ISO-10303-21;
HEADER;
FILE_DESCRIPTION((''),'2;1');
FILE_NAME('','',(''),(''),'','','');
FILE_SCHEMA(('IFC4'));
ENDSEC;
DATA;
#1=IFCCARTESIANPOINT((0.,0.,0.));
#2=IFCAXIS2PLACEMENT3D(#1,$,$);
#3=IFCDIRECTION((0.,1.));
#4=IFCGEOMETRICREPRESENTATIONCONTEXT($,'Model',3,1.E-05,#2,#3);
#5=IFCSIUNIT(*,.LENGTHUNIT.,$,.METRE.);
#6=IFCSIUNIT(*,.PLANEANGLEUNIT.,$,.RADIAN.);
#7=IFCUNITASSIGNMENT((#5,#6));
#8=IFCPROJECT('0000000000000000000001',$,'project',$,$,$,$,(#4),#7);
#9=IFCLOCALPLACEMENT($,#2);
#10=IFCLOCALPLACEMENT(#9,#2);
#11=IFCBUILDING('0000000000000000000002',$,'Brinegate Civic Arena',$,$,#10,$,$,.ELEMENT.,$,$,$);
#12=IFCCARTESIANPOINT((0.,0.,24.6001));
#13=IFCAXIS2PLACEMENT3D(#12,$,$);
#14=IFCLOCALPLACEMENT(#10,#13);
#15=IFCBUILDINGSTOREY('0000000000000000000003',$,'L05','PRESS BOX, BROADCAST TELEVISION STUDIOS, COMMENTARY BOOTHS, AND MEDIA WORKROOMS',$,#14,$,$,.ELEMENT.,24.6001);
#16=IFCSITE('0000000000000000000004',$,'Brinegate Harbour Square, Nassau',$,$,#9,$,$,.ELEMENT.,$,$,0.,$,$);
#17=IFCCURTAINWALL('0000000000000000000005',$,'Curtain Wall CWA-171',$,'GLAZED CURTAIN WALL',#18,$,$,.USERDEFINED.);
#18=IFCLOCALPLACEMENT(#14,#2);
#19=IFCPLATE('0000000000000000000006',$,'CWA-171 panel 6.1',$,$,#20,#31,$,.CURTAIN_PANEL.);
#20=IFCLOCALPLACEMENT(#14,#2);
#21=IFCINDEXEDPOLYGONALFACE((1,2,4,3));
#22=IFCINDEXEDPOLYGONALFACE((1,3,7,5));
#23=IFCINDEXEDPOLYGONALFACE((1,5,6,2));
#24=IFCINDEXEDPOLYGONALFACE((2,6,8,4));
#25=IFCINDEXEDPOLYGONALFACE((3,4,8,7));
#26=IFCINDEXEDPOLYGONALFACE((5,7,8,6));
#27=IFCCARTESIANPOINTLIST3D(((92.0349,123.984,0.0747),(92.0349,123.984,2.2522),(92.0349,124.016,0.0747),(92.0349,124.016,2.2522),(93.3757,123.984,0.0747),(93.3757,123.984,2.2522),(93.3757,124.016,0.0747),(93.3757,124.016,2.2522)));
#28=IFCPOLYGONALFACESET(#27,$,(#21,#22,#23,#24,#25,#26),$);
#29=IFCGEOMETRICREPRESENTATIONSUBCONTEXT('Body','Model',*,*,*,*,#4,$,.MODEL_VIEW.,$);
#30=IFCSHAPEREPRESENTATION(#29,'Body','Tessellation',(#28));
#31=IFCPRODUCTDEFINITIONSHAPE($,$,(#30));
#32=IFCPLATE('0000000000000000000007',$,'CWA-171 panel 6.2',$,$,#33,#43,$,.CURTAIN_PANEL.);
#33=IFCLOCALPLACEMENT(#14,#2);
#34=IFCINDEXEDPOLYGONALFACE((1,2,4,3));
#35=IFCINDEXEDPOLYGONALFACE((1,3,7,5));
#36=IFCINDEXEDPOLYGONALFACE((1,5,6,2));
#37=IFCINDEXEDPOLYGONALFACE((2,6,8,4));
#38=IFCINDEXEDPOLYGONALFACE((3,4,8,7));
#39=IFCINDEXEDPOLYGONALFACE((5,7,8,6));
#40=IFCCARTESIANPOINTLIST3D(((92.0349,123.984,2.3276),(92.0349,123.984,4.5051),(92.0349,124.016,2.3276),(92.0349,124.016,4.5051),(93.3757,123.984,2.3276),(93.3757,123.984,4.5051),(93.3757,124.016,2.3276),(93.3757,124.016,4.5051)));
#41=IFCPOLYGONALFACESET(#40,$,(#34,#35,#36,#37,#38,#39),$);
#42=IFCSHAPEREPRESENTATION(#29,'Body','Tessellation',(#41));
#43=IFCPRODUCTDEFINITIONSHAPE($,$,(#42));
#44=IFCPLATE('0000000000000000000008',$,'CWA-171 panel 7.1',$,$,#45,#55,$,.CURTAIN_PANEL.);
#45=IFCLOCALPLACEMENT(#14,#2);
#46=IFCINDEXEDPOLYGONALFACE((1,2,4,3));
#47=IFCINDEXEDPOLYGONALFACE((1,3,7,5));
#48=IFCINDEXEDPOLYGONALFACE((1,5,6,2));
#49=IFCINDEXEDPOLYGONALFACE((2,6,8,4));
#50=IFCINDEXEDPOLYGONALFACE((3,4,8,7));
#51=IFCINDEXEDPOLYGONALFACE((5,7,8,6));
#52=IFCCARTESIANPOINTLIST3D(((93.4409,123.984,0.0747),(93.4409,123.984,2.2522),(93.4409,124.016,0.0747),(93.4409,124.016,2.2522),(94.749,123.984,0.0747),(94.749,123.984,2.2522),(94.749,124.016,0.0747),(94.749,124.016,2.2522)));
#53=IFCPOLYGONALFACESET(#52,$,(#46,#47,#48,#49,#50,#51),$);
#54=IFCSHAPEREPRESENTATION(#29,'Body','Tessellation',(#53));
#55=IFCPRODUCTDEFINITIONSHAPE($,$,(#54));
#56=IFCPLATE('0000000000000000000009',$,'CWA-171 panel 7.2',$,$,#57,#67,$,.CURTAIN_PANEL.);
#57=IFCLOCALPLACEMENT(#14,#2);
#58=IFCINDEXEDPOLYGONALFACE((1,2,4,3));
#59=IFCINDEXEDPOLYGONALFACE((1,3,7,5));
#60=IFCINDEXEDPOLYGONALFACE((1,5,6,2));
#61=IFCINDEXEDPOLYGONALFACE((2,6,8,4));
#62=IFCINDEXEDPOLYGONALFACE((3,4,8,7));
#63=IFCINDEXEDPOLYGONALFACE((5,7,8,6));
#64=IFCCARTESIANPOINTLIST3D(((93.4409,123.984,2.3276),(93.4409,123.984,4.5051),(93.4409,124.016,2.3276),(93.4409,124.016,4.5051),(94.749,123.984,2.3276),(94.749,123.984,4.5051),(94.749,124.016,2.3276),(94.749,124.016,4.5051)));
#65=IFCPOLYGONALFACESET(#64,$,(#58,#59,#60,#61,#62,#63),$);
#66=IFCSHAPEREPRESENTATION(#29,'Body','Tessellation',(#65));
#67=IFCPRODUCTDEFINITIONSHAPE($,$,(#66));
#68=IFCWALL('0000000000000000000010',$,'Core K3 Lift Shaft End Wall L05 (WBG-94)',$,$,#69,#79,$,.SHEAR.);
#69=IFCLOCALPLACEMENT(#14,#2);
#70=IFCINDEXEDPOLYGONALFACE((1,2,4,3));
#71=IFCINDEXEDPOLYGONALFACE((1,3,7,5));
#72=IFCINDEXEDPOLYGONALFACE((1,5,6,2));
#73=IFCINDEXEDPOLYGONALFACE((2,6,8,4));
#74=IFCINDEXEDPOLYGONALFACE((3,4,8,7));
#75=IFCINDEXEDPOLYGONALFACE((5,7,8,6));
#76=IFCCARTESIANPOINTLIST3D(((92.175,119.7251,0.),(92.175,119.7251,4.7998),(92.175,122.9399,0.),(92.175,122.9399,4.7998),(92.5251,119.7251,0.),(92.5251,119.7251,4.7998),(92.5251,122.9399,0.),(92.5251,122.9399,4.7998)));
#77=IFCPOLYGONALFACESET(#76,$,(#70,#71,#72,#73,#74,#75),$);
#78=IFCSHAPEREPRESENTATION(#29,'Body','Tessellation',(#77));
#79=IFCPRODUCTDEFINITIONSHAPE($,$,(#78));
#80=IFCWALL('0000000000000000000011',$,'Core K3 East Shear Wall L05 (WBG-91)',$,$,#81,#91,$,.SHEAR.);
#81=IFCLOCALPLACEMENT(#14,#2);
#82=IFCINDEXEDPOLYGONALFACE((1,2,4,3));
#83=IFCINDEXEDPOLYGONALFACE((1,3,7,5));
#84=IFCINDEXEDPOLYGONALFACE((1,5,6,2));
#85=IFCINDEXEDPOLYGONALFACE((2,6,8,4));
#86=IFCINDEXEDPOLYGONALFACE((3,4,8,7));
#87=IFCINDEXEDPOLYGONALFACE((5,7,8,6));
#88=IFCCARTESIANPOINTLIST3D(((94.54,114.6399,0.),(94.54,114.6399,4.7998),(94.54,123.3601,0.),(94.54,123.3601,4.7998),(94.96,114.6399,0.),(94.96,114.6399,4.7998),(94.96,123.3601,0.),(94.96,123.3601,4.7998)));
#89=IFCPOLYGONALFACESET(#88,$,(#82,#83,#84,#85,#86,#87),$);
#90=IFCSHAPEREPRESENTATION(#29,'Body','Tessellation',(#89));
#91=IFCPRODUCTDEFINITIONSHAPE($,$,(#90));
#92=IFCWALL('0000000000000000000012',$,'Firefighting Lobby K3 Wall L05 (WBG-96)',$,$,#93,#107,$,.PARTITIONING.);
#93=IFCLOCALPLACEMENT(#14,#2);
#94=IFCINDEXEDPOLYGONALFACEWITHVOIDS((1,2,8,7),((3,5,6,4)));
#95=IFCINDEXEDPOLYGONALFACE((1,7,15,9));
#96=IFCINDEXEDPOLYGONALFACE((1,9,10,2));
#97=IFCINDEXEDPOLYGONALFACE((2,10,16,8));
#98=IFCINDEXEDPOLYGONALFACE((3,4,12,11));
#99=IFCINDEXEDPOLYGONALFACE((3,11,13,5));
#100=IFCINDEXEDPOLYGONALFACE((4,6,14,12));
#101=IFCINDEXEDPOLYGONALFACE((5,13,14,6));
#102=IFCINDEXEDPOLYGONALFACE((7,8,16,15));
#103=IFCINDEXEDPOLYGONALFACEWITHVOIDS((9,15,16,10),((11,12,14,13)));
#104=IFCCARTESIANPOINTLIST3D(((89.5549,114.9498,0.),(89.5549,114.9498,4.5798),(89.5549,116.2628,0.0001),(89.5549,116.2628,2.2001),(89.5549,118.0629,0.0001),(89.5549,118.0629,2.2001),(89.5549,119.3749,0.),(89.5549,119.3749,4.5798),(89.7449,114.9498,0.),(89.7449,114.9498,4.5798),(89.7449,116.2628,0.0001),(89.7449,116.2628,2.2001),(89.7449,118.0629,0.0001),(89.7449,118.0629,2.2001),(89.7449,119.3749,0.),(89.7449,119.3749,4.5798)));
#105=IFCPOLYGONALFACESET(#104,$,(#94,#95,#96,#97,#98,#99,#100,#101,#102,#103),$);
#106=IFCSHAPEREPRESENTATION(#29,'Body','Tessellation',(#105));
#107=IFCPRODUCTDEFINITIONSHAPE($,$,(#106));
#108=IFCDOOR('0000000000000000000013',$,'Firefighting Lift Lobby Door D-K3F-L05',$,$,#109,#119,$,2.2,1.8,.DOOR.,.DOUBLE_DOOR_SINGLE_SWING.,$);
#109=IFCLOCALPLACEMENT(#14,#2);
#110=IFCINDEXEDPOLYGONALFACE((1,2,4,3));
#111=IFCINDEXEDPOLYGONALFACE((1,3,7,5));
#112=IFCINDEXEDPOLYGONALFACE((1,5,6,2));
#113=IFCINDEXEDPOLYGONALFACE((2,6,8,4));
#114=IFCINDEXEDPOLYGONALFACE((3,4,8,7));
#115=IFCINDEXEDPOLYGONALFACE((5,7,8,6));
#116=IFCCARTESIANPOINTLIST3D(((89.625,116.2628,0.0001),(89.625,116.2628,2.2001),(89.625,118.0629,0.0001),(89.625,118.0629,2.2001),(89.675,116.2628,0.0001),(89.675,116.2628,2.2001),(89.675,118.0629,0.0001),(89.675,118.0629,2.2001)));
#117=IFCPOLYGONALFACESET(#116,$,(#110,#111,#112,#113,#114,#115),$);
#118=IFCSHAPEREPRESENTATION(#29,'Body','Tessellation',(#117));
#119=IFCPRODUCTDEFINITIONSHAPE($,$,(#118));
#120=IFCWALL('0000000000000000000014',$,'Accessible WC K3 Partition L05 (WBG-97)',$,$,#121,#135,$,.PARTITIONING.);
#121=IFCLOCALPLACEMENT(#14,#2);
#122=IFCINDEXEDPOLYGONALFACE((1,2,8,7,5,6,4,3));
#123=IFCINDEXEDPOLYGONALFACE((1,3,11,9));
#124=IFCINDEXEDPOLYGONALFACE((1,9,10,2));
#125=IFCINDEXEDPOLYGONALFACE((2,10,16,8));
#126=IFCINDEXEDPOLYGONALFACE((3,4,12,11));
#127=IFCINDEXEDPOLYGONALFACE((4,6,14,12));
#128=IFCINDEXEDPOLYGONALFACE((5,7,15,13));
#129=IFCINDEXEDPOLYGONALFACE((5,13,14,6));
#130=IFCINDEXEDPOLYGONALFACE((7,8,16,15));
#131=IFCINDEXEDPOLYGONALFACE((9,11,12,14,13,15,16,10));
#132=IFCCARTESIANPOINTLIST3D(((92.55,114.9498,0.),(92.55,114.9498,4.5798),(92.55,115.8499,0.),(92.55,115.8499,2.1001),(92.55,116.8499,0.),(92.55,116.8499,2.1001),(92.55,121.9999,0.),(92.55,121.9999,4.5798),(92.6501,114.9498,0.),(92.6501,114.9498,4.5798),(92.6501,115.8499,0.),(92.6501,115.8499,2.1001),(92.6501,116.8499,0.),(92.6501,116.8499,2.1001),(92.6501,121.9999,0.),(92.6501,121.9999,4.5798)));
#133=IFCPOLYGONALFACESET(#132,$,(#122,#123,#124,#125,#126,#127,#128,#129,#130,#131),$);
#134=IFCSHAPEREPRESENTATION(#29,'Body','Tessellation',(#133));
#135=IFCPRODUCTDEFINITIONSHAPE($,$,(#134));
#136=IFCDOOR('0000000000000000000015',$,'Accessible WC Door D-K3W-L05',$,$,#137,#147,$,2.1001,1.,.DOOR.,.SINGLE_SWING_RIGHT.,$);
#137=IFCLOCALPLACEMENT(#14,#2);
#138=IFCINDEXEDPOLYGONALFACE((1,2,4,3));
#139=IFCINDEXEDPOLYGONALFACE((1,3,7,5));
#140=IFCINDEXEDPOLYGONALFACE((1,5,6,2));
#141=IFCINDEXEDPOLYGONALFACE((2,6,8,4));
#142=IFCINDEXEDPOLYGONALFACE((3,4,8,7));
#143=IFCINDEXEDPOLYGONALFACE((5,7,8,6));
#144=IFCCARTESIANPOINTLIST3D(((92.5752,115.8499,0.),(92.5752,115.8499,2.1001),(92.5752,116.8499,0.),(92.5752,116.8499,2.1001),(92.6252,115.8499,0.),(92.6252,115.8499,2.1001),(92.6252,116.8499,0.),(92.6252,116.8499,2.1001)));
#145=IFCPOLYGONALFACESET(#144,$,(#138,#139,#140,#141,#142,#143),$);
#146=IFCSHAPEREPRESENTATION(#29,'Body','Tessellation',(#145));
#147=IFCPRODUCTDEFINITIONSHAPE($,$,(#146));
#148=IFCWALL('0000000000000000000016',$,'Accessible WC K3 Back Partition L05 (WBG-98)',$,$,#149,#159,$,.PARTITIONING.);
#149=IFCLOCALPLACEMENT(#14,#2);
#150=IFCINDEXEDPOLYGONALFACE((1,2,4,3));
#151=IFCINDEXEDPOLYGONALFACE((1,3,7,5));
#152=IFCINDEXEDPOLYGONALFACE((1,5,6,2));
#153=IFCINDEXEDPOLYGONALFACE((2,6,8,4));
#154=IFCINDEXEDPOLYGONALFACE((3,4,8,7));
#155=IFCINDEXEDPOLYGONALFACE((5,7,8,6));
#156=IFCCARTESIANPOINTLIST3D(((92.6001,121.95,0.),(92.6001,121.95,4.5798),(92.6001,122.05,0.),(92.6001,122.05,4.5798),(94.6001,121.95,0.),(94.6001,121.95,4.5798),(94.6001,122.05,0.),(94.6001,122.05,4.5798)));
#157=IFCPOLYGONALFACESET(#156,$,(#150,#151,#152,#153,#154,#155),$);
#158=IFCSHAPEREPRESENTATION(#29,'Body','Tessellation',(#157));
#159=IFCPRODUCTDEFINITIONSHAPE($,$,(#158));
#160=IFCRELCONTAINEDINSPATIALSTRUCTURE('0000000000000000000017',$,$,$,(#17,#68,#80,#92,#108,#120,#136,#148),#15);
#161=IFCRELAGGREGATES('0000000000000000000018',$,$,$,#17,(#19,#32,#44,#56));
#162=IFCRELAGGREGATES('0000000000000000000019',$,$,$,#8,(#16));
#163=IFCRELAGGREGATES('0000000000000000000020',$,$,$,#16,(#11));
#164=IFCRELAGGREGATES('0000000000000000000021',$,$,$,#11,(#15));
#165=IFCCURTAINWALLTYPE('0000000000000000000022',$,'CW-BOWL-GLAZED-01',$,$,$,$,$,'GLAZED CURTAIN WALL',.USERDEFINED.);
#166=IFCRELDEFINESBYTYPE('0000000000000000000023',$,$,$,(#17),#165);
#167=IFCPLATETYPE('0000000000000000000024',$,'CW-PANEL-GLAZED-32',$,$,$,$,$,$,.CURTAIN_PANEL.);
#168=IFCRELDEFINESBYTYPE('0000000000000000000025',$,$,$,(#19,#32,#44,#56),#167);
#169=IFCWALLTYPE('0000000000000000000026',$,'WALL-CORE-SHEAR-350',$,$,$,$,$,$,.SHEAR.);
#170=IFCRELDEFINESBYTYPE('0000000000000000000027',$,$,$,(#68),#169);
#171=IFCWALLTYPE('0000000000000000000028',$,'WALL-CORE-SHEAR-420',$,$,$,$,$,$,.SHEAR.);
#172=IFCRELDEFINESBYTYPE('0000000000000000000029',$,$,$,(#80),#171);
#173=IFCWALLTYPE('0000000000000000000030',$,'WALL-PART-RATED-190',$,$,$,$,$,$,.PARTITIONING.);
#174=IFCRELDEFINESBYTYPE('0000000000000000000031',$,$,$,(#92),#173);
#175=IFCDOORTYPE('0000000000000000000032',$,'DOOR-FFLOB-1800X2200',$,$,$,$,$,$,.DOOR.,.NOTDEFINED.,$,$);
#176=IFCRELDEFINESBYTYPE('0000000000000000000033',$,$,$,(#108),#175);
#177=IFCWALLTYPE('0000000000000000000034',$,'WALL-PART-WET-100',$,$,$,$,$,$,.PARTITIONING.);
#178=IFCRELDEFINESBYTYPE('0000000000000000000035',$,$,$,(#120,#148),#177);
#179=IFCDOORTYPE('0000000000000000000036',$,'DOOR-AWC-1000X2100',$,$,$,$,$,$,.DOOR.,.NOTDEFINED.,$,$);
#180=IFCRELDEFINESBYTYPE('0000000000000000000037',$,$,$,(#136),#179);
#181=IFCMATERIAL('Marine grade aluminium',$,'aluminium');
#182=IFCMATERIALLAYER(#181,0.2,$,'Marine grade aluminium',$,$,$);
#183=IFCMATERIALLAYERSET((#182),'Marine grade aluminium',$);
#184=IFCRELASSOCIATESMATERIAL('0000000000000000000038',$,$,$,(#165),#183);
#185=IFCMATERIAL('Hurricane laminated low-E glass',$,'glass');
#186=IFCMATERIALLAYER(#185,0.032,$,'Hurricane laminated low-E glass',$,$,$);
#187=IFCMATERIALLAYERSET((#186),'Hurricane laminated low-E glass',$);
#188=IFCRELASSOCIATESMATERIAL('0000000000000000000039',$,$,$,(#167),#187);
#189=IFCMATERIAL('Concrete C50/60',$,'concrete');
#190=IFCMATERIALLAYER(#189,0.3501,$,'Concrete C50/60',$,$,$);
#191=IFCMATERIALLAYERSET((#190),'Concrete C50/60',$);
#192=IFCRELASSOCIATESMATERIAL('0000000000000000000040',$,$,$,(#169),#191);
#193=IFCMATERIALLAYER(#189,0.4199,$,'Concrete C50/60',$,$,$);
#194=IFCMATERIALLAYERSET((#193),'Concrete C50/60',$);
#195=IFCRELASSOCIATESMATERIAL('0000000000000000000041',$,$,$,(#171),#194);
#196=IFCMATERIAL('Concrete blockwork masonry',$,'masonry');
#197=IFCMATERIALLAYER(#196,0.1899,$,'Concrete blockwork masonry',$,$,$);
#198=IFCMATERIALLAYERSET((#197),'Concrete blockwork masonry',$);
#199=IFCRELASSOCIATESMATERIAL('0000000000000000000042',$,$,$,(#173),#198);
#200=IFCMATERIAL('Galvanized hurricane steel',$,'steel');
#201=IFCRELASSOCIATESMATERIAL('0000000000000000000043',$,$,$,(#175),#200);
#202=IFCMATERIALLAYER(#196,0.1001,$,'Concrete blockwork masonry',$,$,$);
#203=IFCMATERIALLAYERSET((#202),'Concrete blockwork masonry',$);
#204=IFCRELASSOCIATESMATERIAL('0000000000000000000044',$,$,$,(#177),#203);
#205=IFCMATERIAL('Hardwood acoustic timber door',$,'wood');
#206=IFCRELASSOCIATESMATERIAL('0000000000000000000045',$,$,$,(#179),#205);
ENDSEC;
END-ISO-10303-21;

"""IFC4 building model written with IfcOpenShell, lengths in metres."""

from ifc_helpers import new_model, si_unit, direction, frame, frame_2d, origin, origin_2d, place, context, subcontext, project, spatial, rectangle, extrude, material, layer, layer_set, type_object, element, fill, aggregate, save


model = new_model("IFC4")

# Units and contexts
model_context = context("Model", 3, precision=1e-05, world=origin(), true_north=direction((0.0, 1.0)))
body_context = subcontext(model_context, "Body", "Model", "MODEL_VIEW")
ifc_project = project(units=[si_unit("LENGTHUNIT", "METRE"), si_unit("PLANEANGLEUNIT", "RADIAN")], contexts=[model_context])

# Site, building, storey
site_placement = place(None, origin())
site = spatial("IfcSite", under=ifc_project, at=site_placement, Name="Brinegate Harbour Square, Nassau", CompositionType="ELEMENT", RefElevation=0.0)
building_placement = place(site_placement, origin())
building = spatial("IfcBuilding", under=site, at=building_placement, Name="Brinegate Civic Arena", CompositionType="ELEMENT")
storey_placement = place(building_placement, frame((0.0, 0.0, 24.6001)))
storey = spatial("IfcBuildingStorey", under=building, at=storey_placement, Name="L05", Description="PRESS BOX, BROADCAST TELEVISION STUDIOS, COMMENTARY BOOTHS, AND MEDIA WORKROOMS", CompositionType="ELEMENT", Elevation=24.6001)

# Shared definitions
ifc_material_1 = material(Name="Concrete C50/60", Category="concrete")

# Curtain wall, plates
ifc_material_2 = material(Name="Marine grade aluminium", Category="aluminium")
ifc_layer_1 = layer(ifc_material_2, 0.2, Name="Marine grade aluminium")
ifc_layer_set_1 = layer_set([ifc_layer_1], Name="Marine grade aluminium")
curtain_wall_type = type_object("IfcCurtainWallType", Name="CW-BOWL-GLAZED-01", ElementType="GLAZED CURTAIN WALL", PredefinedType="USERDEFINED", material=ifc_layer_set_1)
curtain_wall_placement = place(storey_placement, origin())
curtain_wall = element("IfcCurtainWall", 1, at=curtain_wall_placement, inside=storey, type_object=curtain_wall_type, Name="Curtain Wall CWA-171", ObjectType="GLAZED CURTAIN WALL", PredefinedType="USERDEFINED")
ifc_material_3 = material(Name="Hurricane laminated low-E glass", Category="glass")
ifc_layer_2 = layer(ifc_material_3, 0.032, Name="Hurricane laminated low-E glass")
ifc_layer_set_2 = layer_set([ifc_layer_2], Name="Hurricane laminated low-E glass")
plate_type = type_object("IfcPlateType", Name="CW-PANEL-GLAZED-32", PredefinedType="CURTAIN_PANEL", material=ifc_layer_set_2)
plate_1_placement = place(storey_placement, frame((92.7053, 124.0, 0.0747), z_axis=(0.0, 0.0, 1.0), x_axis=(1.0, 0.0, 0.0)))
plate_1 = element("IfcPlate", 2, at=plate_1_placement, type_object=plate_type, Name="CWA-171 panel 6.1", PredefinedType="CURTAIN_PANEL", context=body_context, shape_type="SweptSolid", body=[
    extrude(rectangle(XDim=1.3408, YDim=0.032, at=origin_2d()), origin(), (0.0, 0.0, 1.0), 2.1775),
])
plate_2_placement = place(storey_placement, frame((92.7053, 124.0, 2.3276), z_axis=(0.0, 0.0, 1.0), x_axis=(1.0, 0.0, 0.0)))
plate_2 = element("IfcPlate", 3, at=plate_2_placement, type_object=plate_type, Name="CWA-171 panel 6.2", PredefinedType="CURTAIN_PANEL", context=body_context, shape_type="SweptSolid", body=[
    extrude(rectangle(XDim=1.3408, YDim=0.032, at=origin_2d()), origin(), (0.0, 0.0, 1.0), 2.1775),
])
plate_3_placement = place(storey_placement, frame((94.095, 124.0, 0.0747), z_axis=(0.0, 0.0, 1.0), x_axis=(1.0, 0.0, 0.0)))
plate_3 = element("IfcPlate", 4, at=plate_3_placement, type_object=plate_type, Name="CWA-171 panel 7.1", PredefinedType="CURTAIN_PANEL", context=body_context, shape_type="SweptSolid", body=[
    extrude(rectangle(XDim=1.3081, YDim=0.032, at=origin_2d()), origin(), (0.0, 0.0, 1.0), 2.1775),
])
plate_4_placement = place(storey_placement, frame((94.095, 124.0, 2.3276), z_axis=(0.0, 0.0, 1.0), x_axis=(1.0, 0.0, 0.0)))
plate_4 = element("IfcPlate", 5, at=plate_4_placement, type_object=plate_type, Name="CWA-171 panel 7.2", PredefinedType="CURTAIN_PANEL", context=body_context, shape_type="SweptSolid", body=[
    extrude(rectangle(XDim=1.3081, YDim=0.032, at=origin_2d()), origin(), (0.0, 0.0, 1.0), 2.1775),
])
aggregate(curtain_wall, [plate_1, plate_2, plate_3, plate_4])

# Walls
ifc_layer_3 = layer(ifc_material_1, 0.3501, Name="Concrete C50/60")
ifc_layer_set_3 = layer_set([ifc_layer_3], Name="Concrete C50/60")
wall_type_1 = type_object("IfcWallType", Name="WALL-CORE-SHEAR-350", PredefinedType="SHEAR", material=ifc_layer_set_3)
wall_1_placement = place(storey_placement, frame((92.3501, 119.7251, 0.0), z_axis=(0.0, 0.0, 1.0), x_axis=(0.0, 1.0, 0.0)))
element("IfcWall", 6, at=wall_1_placement, inside=storey, type_object=wall_type_1, Name="Core K3 Lift Shaft End Wall L05 (WBG-94)", PredefinedType="SHEAR", context=body_context, shape_type="SweptSolid", body=[
    extrude(rectangle(XDim=3.2148, YDim=0.3501, at=frame_2d((1.6074, 0.0))), origin(), (0.0, 0.0, 1.0), 4.7998),
])
ifc_layer_4 = layer(ifc_material_1, 0.4199, Name="Concrete C50/60")
ifc_layer_set_4 = layer_set([ifc_layer_4], Name="Concrete C50/60")
wall_type_2 = type_object("IfcWallType", Name="WALL-CORE-SHEAR-420", PredefinedType="SHEAR", material=ifc_layer_set_4)
wall_2_placement = place(storey_placement, frame((94.75, 114.6399, 0.0), z_axis=(0.0, 0.0, 1.0), x_axis=(0.0, 1.0, 0.0)))
element("IfcWall", 7, at=wall_2_placement, inside=storey, type_object=wall_type_2, Name="Core K3 East Shear Wall L05 (WBG-91)", PredefinedType="SHEAR", context=body_context, shape_type="SweptSolid", body=[
    extrude(rectangle(XDim=8.7202, YDim=0.4199, at=frame_2d((4.3601, 0.0))), origin(), (0.0, 0.0, 1.0), 4.7998),
])

# Walls, openings, doors
ifc_material_4 = material(Name="Concrete blockwork masonry", Category="masonry")
ifc_layer_5 = layer(ifc_material_4, 0.1899, Name="Concrete blockwork masonry")
ifc_layer_set_5 = layer_set([ifc_layer_5], Name="Concrete blockwork masonry")
wall_type_3 = type_object("IfcWallType", Name="WALL-PART-RATED-190", PredefinedType="PARTITIONING", material=ifc_layer_set_5)
wall_3_placement = place(storey_placement, frame((89.6499, 114.95, 0.0), z_axis=(0.0, 0.0, 1.0), x_axis=(0.0, 1.0, 0.0)))
wall_3 = element("IfcWall", 8, at=wall_3_placement, inside=storey, type_object=wall_type_3, Name="Firefighting Lobby K3 Wall L05 (WBG-96)", PredefinedType="PARTITIONING", context=body_context, shape_type="SweptSolid", body=[
    extrude(rectangle(XDim=4.425, YDim=0.1899, at=frame_2d((2.2124, 0.0))), origin(), (0.0, 0.0, 1.0), 4.5798),
])
opening_1_placement = place(wall_3_placement, frame((1.313, 0.0, 0.0)))
opening_1 = element("IfcOpeningElement", 9, at=opening_1_placement, cuts=wall_3, PredefinedType="OPENING", context=body_context, shape_type="SweptSolid", body=[
    extrude(rectangle(XDim=1.8, YDim=2.2, at=frame_2d((0.8999, 1.1001))), frame((0.0, 0.105, 0.0), z_axis=(0.0, -1.0, 0.0), x_axis=(1.0, 0.0, 0.0)), (0.0, 0.0, 1.0), 0.21),
])
ifc_material_5 = material(Name="Galvanized hurricane steel", Category="steel")
door_type_1 = type_object("IfcDoorType", Name="DOOR-FFLOB-1800X2200", OperationType="NOTDEFINED", PredefinedType="DOOR", material=ifc_material_5)
door_1_placement = place(opening_1_placement, origin())
door_1 = element("IfcDoor", 10, at=door_1_placement, inside=storey, type_object=door_type_1, Name="Firefighting Lift Lobby Door D-K3F-L05", OperationType="DOUBLE_DOOR_SINGLE_SWING", OverallHeight=2.2, OverallWidth=1.8, PredefinedType="DOOR", context=body_context, shape_type="SweptSolid", body=[
    extrude(rectangle(XDim=1.8, YDim=2.2, at=frame_2d((0.8999, 1.1001))), frame((0.0, 0.0249, 0.0), z_axis=(0.0, -1.0, 0.0), x_axis=(1.0, 0.0, 0.0)), (0.0, 0.0, 1.0), 0.05),
])
fill(opening_1, door_1)
ifc_layer_6 = layer(ifc_material_4, 0.1001, Name="Concrete blockwork masonry")
ifc_layer_set_6 = layer_set([ifc_layer_6], Name="Concrete blockwork masonry")
wall_type_4 = type_object("IfcWallType", Name="WALL-PART-WET-100", PredefinedType="PARTITIONING", material=ifc_layer_set_6)
wall_4_placement = place(storey_placement, frame((92.6001, 114.95, 0.0), z_axis=(0.0, 0.0, 1.0), x_axis=(0.0, 1.0, 0.0)))
wall_4 = element("IfcWall", 11, at=wall_4_placement, inside=storey, type_object=wall_type_4, Name="Accessible WC K3 Partition L05 (WBG-97)", PredefinedType="PARTITIONING", context=body_context, shape_type="SweptSolid", body=[
    extrude(rectangle(XDim=7.05, YDim=0.1001, at=frame_2d((3.5249, 0.0))), origin(), (0.0, 0.0, 1.0), 4.5798),
])
opening_2_placement = place(wall_4_placement, frame((0.8999, 0.0, 0.0)))
opening_2 = element("IfcOpeningElement", 12, at=opening_2_placement, cuts=wall_4, PredefinedType="OPENING", context=body_context, shape_type="SweptSolid", body=[
    extrude(rectangle(XDim=1.0, YDim=2.1001, at=frame_2d((0.5, 1.05))), frame((0.0, 0.0601, 0.0), z_axis=(0.0, -1.0, 0.0), x_axis=(1.0, 0.0, 0.0)), (0.0, 0.0, 1.0), 0.1201),
])
ifc_material_6 = material(Name="Hardwood acoustic timber door", Category="wood")
door_type_2 = type_object("IfcDoorType", Name="DOOR-AWC-1000X2100", OperationType="NOTDEFINED", PredefinedType="DOOR", material=ifc_material_6)
door_2_placement = place(opening_2_placement, origin())
door_2 = element("IfcDoor", 13, at=door_2_placement, inside=storey, type_object=door_type_2, Name="Accessible WC Door D-K3W-L05", OperationType="SINGLE_SWING_RIGHT", OverallHeight=2.1001, OverallWidth=1.0, PredefinedType="DOOR", context=body_context, shape_type="SweptSolid", body=[
    extrude(rectangle(XDim=1.0, YDim=2.1001, at=frame_2d((0.5, 1.05))), frame((0.0, 0.0249, 0.0), z_axis=(0.0, -1.0, 0.0), x_axis=(1.0, 0.0, 0.0)), (0.0, 0.0, 1.0), 0.05),
])
fill(opening_2, door_2)

# Wall
wall_5_placement = place(storey_placement, frame((92.6001, 122.0, 0.0), z_axis=(0.0, 0.0, 1.0), x_axis=(1.0, 0.0, 0.0)))
element("IfcWall", 14, at=wall_5_placement, inside=storey, type_object=wall_type_4, Name="Accessible WC K3 Back Partition L05 (WBG-98)", PredefinedType="PARTITIONING", context=body_context, shape_type="SweptSolid", body=[
    extrude(rectangle(XDim=2.0, YDim=0.1001, at=frame_2d((1.0, 0.0))), origin(), (0.0, 0.0, 1.0), 4.5798),
])

save(model, "model.ifc")
